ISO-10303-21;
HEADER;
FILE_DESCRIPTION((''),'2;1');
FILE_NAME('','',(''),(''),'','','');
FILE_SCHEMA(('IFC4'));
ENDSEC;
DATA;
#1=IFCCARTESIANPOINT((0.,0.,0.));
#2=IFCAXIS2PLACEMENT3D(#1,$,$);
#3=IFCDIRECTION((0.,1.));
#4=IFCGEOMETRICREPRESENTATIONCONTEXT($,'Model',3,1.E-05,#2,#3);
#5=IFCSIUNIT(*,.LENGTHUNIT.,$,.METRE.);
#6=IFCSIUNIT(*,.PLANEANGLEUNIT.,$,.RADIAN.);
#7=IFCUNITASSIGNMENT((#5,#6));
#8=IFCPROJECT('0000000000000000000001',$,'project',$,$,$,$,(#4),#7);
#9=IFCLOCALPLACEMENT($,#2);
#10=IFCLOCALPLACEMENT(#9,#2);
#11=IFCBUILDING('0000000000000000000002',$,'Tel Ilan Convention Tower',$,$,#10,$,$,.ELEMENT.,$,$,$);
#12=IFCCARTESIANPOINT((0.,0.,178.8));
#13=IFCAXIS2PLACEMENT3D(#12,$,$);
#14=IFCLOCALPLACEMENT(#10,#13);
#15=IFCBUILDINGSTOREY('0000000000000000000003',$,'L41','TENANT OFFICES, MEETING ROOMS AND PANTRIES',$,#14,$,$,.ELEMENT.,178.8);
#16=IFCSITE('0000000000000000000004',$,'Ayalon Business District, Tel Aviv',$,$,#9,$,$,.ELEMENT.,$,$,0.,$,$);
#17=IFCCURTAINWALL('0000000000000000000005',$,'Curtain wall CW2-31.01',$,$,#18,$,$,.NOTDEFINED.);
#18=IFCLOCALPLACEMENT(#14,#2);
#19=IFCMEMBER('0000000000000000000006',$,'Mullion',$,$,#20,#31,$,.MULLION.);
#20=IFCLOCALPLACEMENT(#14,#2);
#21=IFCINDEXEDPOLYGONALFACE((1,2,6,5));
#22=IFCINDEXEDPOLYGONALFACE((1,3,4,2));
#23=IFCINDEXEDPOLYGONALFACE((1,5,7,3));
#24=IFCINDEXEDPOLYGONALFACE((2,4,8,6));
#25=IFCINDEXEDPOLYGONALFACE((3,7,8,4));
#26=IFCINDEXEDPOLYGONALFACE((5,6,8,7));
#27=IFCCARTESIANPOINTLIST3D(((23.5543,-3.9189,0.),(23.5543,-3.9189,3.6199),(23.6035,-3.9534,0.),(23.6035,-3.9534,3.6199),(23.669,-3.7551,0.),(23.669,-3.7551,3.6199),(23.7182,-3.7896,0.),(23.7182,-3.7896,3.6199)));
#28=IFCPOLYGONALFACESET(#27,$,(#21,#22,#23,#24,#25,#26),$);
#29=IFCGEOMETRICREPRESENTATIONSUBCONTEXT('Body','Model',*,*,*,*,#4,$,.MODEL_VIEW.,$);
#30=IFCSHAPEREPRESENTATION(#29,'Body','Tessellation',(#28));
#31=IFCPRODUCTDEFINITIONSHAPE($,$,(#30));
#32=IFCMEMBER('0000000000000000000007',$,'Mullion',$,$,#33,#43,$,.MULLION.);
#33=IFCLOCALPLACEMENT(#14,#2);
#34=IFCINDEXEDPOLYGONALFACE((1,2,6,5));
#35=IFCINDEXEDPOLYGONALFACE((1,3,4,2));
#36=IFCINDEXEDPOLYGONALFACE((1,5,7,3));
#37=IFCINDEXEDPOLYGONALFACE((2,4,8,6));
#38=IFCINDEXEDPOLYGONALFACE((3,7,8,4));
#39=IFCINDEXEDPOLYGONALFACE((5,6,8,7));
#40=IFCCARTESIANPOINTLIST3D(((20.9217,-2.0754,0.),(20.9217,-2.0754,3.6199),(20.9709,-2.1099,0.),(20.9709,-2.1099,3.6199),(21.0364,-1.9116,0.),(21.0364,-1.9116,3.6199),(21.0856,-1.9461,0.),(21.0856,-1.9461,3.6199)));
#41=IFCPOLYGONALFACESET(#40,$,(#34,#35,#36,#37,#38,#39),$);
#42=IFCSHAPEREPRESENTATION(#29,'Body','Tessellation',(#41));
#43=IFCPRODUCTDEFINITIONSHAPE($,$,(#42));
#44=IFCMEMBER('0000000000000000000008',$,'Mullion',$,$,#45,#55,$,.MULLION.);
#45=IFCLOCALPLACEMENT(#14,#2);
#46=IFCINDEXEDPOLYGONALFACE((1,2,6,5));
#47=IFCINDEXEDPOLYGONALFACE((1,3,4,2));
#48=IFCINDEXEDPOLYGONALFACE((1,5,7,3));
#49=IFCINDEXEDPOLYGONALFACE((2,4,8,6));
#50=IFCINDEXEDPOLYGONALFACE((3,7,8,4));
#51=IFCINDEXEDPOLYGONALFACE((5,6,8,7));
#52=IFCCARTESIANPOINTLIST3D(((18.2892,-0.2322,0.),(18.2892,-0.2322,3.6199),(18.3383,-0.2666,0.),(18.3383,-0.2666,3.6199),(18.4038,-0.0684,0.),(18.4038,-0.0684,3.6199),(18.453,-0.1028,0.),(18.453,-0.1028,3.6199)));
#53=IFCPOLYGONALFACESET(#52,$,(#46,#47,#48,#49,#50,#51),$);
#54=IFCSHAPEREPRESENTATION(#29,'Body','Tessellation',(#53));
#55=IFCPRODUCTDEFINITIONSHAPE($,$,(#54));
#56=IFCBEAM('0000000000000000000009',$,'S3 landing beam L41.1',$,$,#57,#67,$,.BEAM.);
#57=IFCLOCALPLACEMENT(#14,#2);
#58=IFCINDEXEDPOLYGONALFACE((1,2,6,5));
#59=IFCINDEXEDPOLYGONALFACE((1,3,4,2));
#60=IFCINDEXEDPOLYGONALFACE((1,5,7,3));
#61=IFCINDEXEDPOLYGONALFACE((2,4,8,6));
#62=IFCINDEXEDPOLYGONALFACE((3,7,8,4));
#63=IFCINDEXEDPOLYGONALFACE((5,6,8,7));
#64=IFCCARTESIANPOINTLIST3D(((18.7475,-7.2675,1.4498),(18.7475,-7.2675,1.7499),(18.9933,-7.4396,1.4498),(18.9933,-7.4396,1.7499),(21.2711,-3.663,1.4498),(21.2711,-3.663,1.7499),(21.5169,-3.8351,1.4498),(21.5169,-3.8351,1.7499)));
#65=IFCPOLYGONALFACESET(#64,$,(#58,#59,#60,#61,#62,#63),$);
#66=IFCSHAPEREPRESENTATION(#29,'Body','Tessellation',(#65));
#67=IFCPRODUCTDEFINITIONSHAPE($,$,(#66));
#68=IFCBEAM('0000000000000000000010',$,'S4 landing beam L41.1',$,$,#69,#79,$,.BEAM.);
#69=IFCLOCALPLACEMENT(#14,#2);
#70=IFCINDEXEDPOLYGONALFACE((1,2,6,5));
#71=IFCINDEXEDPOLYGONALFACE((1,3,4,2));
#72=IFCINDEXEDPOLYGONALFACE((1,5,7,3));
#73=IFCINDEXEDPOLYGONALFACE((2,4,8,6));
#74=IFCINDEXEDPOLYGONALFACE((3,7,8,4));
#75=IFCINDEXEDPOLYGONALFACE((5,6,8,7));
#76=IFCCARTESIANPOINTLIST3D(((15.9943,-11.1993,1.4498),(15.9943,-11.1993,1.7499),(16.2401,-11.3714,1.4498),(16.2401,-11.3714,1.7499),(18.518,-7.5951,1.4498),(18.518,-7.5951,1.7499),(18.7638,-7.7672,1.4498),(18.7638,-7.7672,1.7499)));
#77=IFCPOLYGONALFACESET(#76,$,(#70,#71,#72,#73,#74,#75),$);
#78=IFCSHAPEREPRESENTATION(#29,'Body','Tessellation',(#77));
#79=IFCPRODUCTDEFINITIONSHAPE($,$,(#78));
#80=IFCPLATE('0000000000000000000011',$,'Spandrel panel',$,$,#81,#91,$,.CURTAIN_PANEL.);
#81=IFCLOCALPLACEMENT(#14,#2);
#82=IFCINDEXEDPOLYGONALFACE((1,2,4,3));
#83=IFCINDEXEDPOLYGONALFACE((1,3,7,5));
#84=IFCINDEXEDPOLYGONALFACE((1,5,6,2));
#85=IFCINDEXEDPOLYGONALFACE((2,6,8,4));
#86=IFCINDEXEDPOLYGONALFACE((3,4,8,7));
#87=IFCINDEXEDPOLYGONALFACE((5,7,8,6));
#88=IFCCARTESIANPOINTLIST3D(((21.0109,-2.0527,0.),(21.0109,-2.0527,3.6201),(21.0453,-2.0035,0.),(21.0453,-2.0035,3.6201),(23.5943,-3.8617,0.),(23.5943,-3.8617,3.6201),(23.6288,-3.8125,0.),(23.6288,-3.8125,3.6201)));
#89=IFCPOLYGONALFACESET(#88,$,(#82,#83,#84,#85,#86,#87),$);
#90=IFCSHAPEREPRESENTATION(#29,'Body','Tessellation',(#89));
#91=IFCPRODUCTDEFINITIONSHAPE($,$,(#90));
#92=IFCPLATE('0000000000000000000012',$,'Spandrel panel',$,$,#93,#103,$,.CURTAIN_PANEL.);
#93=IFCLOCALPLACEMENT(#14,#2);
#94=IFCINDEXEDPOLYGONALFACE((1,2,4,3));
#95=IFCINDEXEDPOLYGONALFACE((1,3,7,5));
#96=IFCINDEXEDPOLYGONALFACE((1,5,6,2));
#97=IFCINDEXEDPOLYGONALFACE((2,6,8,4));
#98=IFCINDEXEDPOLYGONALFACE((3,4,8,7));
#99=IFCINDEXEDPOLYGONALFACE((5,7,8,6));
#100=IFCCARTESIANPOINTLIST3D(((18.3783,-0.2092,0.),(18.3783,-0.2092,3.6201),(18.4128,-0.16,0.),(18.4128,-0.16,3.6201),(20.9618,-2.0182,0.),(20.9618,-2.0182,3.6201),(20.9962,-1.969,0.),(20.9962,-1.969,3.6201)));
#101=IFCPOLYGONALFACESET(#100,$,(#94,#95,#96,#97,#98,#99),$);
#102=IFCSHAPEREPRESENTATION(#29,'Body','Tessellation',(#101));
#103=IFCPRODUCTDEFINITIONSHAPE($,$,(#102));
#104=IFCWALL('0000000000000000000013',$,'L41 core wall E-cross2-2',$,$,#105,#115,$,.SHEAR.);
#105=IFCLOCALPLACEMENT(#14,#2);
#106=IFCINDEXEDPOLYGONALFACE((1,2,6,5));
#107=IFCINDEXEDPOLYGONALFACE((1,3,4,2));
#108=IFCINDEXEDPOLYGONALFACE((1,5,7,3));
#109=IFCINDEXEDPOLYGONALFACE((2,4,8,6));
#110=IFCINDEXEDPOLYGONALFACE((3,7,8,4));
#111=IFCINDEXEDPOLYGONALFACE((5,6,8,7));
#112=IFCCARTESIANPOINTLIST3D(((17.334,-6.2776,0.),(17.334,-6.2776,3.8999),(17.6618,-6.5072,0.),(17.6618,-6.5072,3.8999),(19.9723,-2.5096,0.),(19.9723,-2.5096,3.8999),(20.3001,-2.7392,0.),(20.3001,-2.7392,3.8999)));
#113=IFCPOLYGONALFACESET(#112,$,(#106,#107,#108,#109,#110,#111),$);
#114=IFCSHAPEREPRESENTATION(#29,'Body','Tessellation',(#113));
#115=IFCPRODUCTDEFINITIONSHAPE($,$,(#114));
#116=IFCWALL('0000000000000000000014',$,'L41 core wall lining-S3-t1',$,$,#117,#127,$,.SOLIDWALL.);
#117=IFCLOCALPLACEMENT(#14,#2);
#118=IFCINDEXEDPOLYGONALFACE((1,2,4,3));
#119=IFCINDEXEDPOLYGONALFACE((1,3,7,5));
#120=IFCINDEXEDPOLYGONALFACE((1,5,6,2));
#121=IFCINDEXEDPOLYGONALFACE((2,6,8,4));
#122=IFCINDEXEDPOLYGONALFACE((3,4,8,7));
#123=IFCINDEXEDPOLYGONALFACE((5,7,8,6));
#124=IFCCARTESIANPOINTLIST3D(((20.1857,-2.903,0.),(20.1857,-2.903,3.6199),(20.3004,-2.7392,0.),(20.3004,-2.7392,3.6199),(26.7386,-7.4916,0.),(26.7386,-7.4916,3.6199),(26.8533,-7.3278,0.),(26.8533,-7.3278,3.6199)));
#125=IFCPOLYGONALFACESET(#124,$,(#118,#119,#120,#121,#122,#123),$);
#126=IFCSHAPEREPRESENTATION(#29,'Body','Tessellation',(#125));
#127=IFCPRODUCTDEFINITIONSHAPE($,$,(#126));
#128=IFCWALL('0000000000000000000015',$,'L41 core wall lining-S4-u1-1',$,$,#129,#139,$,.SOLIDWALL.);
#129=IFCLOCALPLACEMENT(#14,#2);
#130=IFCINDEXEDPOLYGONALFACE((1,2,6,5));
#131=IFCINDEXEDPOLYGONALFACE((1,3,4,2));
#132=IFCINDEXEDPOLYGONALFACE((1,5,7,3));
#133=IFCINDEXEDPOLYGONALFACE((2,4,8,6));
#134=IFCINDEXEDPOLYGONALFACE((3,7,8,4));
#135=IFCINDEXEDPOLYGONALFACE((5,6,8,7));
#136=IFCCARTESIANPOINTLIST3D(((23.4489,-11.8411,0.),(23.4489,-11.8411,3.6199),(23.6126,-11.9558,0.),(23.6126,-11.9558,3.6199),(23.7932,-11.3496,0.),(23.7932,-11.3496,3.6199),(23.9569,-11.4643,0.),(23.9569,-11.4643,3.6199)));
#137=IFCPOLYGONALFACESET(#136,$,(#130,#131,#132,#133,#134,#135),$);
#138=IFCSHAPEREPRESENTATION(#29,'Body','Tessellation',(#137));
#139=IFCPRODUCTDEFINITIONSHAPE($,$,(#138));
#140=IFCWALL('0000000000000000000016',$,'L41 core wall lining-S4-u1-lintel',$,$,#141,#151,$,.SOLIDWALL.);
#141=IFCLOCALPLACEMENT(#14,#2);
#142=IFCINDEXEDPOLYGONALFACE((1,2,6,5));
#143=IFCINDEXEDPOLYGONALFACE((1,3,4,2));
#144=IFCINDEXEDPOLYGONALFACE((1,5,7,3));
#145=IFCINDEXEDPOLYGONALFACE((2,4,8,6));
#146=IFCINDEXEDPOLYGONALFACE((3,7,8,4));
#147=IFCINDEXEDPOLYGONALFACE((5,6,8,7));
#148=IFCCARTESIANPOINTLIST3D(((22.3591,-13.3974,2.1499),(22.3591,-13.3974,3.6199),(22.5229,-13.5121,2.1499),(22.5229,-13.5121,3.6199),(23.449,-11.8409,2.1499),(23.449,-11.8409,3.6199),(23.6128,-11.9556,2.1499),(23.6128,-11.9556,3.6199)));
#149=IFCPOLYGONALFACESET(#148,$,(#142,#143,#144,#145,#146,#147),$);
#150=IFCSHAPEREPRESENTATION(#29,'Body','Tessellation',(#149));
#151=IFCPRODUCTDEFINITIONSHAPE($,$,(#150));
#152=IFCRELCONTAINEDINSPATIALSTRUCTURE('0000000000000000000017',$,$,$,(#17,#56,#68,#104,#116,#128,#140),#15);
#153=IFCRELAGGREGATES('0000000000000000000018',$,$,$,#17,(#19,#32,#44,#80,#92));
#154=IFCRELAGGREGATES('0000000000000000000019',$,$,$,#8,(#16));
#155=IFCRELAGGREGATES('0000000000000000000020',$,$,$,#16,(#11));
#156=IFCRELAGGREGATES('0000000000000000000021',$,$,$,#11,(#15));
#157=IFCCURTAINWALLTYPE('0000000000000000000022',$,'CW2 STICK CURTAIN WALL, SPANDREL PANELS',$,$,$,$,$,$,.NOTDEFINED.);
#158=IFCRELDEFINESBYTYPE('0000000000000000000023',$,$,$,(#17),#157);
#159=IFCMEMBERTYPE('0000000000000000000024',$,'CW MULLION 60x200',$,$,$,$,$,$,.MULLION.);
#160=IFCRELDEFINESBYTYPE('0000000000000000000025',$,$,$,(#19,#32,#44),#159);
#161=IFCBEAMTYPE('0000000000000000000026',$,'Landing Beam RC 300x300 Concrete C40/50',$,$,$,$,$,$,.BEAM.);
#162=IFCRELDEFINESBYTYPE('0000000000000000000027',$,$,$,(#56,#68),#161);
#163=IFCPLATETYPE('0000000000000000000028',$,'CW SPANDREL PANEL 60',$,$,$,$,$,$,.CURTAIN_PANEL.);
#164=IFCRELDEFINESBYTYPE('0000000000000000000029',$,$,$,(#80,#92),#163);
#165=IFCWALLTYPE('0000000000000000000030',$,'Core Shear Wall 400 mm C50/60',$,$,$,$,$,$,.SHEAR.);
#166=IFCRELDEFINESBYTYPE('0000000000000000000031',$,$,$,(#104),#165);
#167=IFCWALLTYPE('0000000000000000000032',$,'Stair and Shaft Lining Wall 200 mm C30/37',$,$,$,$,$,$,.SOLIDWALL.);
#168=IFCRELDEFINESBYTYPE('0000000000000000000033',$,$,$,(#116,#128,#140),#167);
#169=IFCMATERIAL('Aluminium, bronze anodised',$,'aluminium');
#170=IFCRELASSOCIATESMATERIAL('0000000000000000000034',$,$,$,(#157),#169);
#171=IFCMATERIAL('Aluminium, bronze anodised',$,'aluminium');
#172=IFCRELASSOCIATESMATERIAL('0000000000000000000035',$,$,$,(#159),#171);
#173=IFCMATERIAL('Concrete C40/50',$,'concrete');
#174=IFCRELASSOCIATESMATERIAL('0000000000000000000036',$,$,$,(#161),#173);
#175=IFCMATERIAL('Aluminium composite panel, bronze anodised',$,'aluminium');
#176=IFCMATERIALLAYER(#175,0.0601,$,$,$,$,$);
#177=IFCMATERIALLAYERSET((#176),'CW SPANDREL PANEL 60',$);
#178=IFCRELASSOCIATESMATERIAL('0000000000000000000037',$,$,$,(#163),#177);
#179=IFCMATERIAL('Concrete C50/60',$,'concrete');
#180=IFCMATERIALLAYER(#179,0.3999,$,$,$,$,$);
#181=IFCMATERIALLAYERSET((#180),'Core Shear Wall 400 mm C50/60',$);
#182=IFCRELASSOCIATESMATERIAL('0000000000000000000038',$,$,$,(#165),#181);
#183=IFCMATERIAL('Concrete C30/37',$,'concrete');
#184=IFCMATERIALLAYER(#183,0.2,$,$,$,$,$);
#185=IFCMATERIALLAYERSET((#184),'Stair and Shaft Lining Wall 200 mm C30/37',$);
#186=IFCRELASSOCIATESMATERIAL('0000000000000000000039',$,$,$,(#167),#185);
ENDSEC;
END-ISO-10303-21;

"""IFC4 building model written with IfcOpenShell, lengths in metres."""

from ifc_helpers import new_model, si_unit, direction, frame, frame_2d, origin, origin_2d, place, context, subcontext, project, spatial, polyline, rectangle, outline, extrude, material, layer, layer_set, material_profile, profile_set, type_object, element, aggregate, save


model = new_model("IFC4")

# Units and contexts
model_context = context("Model", 3, precision=1e-05, world=origin(), true_north=direction((0.0, 1.0)))
body_context = subcontext(model_context, "Body", "Model", "MODEL_VIEW")
ifc_project = project(units=[si_unit("LENGTHUNIT", "METRE"), si_unit("PLANEANGLEUNIT", "RADIAN")], contexts=[model_context])

# Site, building, storey
site_placement = place(None, origin())
site = spatial("IfcSite", under=ifc_project, at=site_placement, Name="Ayalon Business District, Tel Aviv", CompositionType="ELEMENT", RefElevation=0.0)
building_placement = place(site_placement, origin())
building = spatial("IfcBuilding", under=site, at=building_placement, Name="Tel Ilan Convention Tower", CompositionType="ELEMENT")
storey_placement = place(building_placement, frame((0.0, 0.0, 178.8)))
storey = spatial("IfcBuildingStorey", under=building, at=storey_placement, Name="L41", Description="TENANT OFFICES, MEETING ROOMS AND PANTRIES", CompositionType="ELEMENT", Elevation=178.8)

# Curtain wall, members
ifc_material_1 = material(Name="Aluminium, bronze anodised", Category="aluminium")
curtain_wall_type = type_object("IfcCurtainWallType", Name="CW2 STICK CURTAIN WALL, SPANDREL PANELS", PredefinedType="NOTDEFINED", material=ifc_material_1)
curtain_wall_placement = place(storey_placement, origin())
curtain_wall = element("IfcCurtainWall", 1, at=curtain_wall_placement, inside=storey, type_object=curtain_wall_type, Name="Curtain wall CW2-31.01", PredefinedType="NOTDEFINED")
ifc_material_2 = material(Name="Aluminium, bronze anodised", Category="aluminium")
ifc_material_profile_1 = material_profile(ifc_material_2, rectangle(XDim=0.0601, YDim=0.2, at=origin_2d()), Name="CW MULLION 60x200")
ifc_profile_set_1 = profile_set([ifc_material_profile_1], Name="Aluminium, bronze anodised")
member_type = type_object("IfcMemberType", Name="CW MULLION 60x200", PredefinedType="MULLION", material=ifc_profile_set_1)
member_1_placement = place(storey_placement, frame((23.6362, -3.8542, 0.0), z_axis=(0.0, 0.0, 1.0), x_axis=(-0.819152, 0.573576, 0.0)))
member_1 = element("IfcMember", 2, at=member_1_placement, type_object=member_type, Name="Mullion", PredefinedType="MULLION", context=body_context, shape_type="SweptSolid", body=[
    extrude(rectangle(XDim=0.0601, YDim=0.2, at=origin_2d()), origin(), (0.0, 0.0, 1.0), 3.6199),
])
member_2_placement = place(storey_placement, frame((21.0037, -2.0107, 0.0), z_axis=(0.0, 0.0, 1.0), x_axis=(-0.819152, 0.573576, 0.0)))
member_2 = element("IfcMember", 3, at=member_2_placement, type_object=member_type, Name="Mullion", PredefinedType="MULLION", context=body_context, shape_type="SweptSolid", body=[
    extrude(rectangle(XDim=0.0601, YDim=0.2, at=origin_2d()), origin(), (0.0, 0.0, 1.0), 3.6199),
])
member_3_placement = place(storey_placement, frame((18.3711, -0.1675, 0.0), z_axis=(0.0, 0.0, 1.0), x_axis=(-0.819152, 0.573576, 0.0)))
member_3 = element("IfcMember", 4, at=member_3_placement, type_object=member_type, Name="Mullion", PredefinedType="MULLION", context=body_context, shape_type="SweptSolid", body=[
    extrude(rectangle(XDim=0.0601, YDim=0.2, at=origin_2d()), origin(), (0.0, 0.0, 1.0), 3.6199),
])

# Beams
ifc_material_3 = material(Name="Concrete C40/50", Category="concrete")
ifc_material_profile_2 = material_profile(ifc_material_3, rectangle(XDim=0.3, YDim=0.3, at=origin_2d()), Name="RC 300x300")
ifc_profile_set_2 = profile_set([ifc_material_profile_2], Name="Concrete C40/50")
beam_type = type_object("IfcBeamType", Name="Landing Beam RC 300x300 Concrete C40/50", PredefinedType="BEAM", material=ifc_profile_set_2)
beam_1_placement = place(storey_placement, frame((21.394, -3.749, 1.5999), z_axis=(-0.573544, -0.819175, 0.0), x_axis=(0.819175, -0.573544, 0.0)))
element("IfcBeam", 5, at=beam_1_placement, inside=storey, type_object=beam_type, Name="S3 landing beam L41.1", PredefinedType="BEAM", context=body_context, shape_type="SweptSolid", body=[
    extrude(rectangle(XDim=0.3, YDim=0.3, at=origin_2d()), origin(), (0.0, 0.0, 1.0), 4.4001),
])
beam_2_placement = place(storey_placement, frame((18.6409, -7.6812, 1.5999), z_axis=(-0.57357, -0.819156, 0.0), x_axis=(0.819156, -0.57357, 0.0)))
element("IfcBeam", 6, at=beam_2_placement, inside=storey, type_object=beam_type, Name="S4 landing beam L41.1", PredefinedType="BEAM", context=body_context, shape_type="SweptSolid", body=[
    extrude(rectangle(XDim=0.3, YDim=0.3, at=origin_2d()), origin(), (0.0, 0.0, 1.0), 4.3999),
])

# Plates
ifc_material_4 = material(Name="Aluminium composite panel, bronze anodised", Category="aluminium")
ifc_layer_1 = layer(ifc_material_4, 0.0601)
ifc_layer_set_1 = layer_set([ifc_layer_1], Name="CW SPANDREL PANEL 60")
plate_type = type_object("IfcPlateType", Name="CW SPANDREL PANEL 60", PredefinedType="CURTAIN_PANEL", material=ifc_layer_set_1)
plate_1_placement = place(storey_placement, frame((22.3198, -2.9326, 0.0), z_axis=(0.0, 0.0, 1.0), x_axis=(-0.819152, 0.573576, 0.0)))
plate_1 = element("IfcPlate", 7, at=plate_1_placement, type_object=plate_type, Name="Spandrel panel", PredefinedType="CURTAIN_PANEL", context=body_context, shape_type="SweptSolid", body=[
    extrude(rectangle(XDim=3.1538, YDim=0.0601, at=origin_2d()), origin(), (0.0, 0.0, 1.0), 3.6201),
])
plate_2_placement = place(storey_placement, frame((19.6873, -1.0891, 0.0), z_axis=(0.0, 0.0, 1.0), x_axis=(-0.819152, 0.573576, 0.0)))
plate_2 = element("IfcPlate", 8, at=plate_2_placement, type_object=plate_type, Name="Spandrel panel", PredefinedType="CURTAIN_PANEL", context=body_context, shape_type="SweptSolid", body=[
    extrude(rectangle(XDim=3.1538, YDim=0.0601, at=origin_2d()), origin(), (0.0, 0.0, 1.0), 3.6201),
])
aggregate(curtain_wall, [member_1, member_2, member_3, plate_1, plate_2])

# Walls
ifc_material_5 = material(Name="Concrete C50/60", Category="concrete")
ifc_layer_2 = layer(ifc_material_5, 0.3999)
ifc_layer_set_2 = layer_set([ifc_layer_2], Name="Core Shear Wall 400 mm C50/60")
wall_type_1 = type_object("IfcWallType", Name="Core Shear Wall 400 mm C50/60", PredefinedType="SHEAR", material=ifc_layer_set_2)
wall_1_placement = place(storey_placement, frame((17.4978, -6.3923, 0.0), z_axis=(0.0, 0.0, 1.0), x_axis=(0.573612, 0.819127, 0.0)))
element("IfcWall", 9, at=wall_1_placement, inside=storey, type_object=wall_type_1, Name="L41 core wall E-cross2-2", PredefinedType="SHEAR", context=body_context, shape_type="SweptSolid", body=[
    extrude(outline(polyline([(4.5999, -0.2), (4.5999, 0.2002), (0.0, 0.2), (0.0, -0.2002), (4.5999, -0.2)])), origin(), (0.0, 0.0, 1.0), 3.8999),
])
ifc_material_6 = material(Name="Concrete C30/37", Category="concrete")
ifc_layer_3 = layer(ifc_material_6, 0.2)
ifc_layer_set_3 = layer_set([ifc_layer_3], Name="Stair and Shaft Lining Wall 200 mm C30/37")
wall_type_2 = type_object("IfcWallType", Name="Stair and Shaft Lining Wall 200 mm C30/37", PredefinedType="SOLIDWALL", material=ifc_layer_set_3)
wall_2_placement = place(storey_placement, frame((20.2429, -2.821, 0.0), z_axis=(0.0, 0.0, 1.0), x_axis=(0.819142, -0.573591, 0.0)))
element("IfcWall", 10, at=wall_2_placement, inside=storey, type_object=wall_type_2, Name="L41 core wall lining-S3-t1", PredefinedType="SOLIDWALL", context=body_context, shape_type="SweptSolid", body=[
    extrude(rectangle(XDim=7.9998, YDim=0.2, at=frame_2d((4.0, 0.0))), origin(), (0.0, 0.0, 1.0), 3.6199),
])
wall_3_placement = place(storey_placement, frame((23.5308, -11.8984, 0.0), z_axis=(0.0, 0.0, 1.0), x_axis=(0.573708, 0.81906, 0.0)))
element("IfcWall", 11, at=wall_3_placement, inside=storey, type_object=wall_type_2, Name="L41 core wall lining-S4-u1-1", PredefinedType="SOLIDWALL", context=body_context, shape_type="SweptSolid", body=[
    extrude(rectangle(XDim=0.6001, YDim=0.2, at=frame_2d((0.3, 0.0))), origin(), (0.0, 0.0, 1.0), 3.6199),
])
wall_4_placement = place(storey_placement, frame((22.4409, -13.4548, 2.1499), z_axis=(0.0, 0.0, 1.0), x_axis=(0.573592, 0.819141, 0.0)))
element("IfcWall", 12, at=wall_4_placement, inside=storey, type_object=wall_type_2, Name="L41 core wall lining-S4-u1-lintel", PredefinedType="SOLIDWALL", context=body_context, shape_type="SweptSolid", body=[
    extrude(rectangle(XDim=1.9001, YDim=0.2, at=frame_2d((0.9502, 0.0))), origin(), (0.0, 0.0, 1.0), 1.47),
])

save(model, "model.ifc")
